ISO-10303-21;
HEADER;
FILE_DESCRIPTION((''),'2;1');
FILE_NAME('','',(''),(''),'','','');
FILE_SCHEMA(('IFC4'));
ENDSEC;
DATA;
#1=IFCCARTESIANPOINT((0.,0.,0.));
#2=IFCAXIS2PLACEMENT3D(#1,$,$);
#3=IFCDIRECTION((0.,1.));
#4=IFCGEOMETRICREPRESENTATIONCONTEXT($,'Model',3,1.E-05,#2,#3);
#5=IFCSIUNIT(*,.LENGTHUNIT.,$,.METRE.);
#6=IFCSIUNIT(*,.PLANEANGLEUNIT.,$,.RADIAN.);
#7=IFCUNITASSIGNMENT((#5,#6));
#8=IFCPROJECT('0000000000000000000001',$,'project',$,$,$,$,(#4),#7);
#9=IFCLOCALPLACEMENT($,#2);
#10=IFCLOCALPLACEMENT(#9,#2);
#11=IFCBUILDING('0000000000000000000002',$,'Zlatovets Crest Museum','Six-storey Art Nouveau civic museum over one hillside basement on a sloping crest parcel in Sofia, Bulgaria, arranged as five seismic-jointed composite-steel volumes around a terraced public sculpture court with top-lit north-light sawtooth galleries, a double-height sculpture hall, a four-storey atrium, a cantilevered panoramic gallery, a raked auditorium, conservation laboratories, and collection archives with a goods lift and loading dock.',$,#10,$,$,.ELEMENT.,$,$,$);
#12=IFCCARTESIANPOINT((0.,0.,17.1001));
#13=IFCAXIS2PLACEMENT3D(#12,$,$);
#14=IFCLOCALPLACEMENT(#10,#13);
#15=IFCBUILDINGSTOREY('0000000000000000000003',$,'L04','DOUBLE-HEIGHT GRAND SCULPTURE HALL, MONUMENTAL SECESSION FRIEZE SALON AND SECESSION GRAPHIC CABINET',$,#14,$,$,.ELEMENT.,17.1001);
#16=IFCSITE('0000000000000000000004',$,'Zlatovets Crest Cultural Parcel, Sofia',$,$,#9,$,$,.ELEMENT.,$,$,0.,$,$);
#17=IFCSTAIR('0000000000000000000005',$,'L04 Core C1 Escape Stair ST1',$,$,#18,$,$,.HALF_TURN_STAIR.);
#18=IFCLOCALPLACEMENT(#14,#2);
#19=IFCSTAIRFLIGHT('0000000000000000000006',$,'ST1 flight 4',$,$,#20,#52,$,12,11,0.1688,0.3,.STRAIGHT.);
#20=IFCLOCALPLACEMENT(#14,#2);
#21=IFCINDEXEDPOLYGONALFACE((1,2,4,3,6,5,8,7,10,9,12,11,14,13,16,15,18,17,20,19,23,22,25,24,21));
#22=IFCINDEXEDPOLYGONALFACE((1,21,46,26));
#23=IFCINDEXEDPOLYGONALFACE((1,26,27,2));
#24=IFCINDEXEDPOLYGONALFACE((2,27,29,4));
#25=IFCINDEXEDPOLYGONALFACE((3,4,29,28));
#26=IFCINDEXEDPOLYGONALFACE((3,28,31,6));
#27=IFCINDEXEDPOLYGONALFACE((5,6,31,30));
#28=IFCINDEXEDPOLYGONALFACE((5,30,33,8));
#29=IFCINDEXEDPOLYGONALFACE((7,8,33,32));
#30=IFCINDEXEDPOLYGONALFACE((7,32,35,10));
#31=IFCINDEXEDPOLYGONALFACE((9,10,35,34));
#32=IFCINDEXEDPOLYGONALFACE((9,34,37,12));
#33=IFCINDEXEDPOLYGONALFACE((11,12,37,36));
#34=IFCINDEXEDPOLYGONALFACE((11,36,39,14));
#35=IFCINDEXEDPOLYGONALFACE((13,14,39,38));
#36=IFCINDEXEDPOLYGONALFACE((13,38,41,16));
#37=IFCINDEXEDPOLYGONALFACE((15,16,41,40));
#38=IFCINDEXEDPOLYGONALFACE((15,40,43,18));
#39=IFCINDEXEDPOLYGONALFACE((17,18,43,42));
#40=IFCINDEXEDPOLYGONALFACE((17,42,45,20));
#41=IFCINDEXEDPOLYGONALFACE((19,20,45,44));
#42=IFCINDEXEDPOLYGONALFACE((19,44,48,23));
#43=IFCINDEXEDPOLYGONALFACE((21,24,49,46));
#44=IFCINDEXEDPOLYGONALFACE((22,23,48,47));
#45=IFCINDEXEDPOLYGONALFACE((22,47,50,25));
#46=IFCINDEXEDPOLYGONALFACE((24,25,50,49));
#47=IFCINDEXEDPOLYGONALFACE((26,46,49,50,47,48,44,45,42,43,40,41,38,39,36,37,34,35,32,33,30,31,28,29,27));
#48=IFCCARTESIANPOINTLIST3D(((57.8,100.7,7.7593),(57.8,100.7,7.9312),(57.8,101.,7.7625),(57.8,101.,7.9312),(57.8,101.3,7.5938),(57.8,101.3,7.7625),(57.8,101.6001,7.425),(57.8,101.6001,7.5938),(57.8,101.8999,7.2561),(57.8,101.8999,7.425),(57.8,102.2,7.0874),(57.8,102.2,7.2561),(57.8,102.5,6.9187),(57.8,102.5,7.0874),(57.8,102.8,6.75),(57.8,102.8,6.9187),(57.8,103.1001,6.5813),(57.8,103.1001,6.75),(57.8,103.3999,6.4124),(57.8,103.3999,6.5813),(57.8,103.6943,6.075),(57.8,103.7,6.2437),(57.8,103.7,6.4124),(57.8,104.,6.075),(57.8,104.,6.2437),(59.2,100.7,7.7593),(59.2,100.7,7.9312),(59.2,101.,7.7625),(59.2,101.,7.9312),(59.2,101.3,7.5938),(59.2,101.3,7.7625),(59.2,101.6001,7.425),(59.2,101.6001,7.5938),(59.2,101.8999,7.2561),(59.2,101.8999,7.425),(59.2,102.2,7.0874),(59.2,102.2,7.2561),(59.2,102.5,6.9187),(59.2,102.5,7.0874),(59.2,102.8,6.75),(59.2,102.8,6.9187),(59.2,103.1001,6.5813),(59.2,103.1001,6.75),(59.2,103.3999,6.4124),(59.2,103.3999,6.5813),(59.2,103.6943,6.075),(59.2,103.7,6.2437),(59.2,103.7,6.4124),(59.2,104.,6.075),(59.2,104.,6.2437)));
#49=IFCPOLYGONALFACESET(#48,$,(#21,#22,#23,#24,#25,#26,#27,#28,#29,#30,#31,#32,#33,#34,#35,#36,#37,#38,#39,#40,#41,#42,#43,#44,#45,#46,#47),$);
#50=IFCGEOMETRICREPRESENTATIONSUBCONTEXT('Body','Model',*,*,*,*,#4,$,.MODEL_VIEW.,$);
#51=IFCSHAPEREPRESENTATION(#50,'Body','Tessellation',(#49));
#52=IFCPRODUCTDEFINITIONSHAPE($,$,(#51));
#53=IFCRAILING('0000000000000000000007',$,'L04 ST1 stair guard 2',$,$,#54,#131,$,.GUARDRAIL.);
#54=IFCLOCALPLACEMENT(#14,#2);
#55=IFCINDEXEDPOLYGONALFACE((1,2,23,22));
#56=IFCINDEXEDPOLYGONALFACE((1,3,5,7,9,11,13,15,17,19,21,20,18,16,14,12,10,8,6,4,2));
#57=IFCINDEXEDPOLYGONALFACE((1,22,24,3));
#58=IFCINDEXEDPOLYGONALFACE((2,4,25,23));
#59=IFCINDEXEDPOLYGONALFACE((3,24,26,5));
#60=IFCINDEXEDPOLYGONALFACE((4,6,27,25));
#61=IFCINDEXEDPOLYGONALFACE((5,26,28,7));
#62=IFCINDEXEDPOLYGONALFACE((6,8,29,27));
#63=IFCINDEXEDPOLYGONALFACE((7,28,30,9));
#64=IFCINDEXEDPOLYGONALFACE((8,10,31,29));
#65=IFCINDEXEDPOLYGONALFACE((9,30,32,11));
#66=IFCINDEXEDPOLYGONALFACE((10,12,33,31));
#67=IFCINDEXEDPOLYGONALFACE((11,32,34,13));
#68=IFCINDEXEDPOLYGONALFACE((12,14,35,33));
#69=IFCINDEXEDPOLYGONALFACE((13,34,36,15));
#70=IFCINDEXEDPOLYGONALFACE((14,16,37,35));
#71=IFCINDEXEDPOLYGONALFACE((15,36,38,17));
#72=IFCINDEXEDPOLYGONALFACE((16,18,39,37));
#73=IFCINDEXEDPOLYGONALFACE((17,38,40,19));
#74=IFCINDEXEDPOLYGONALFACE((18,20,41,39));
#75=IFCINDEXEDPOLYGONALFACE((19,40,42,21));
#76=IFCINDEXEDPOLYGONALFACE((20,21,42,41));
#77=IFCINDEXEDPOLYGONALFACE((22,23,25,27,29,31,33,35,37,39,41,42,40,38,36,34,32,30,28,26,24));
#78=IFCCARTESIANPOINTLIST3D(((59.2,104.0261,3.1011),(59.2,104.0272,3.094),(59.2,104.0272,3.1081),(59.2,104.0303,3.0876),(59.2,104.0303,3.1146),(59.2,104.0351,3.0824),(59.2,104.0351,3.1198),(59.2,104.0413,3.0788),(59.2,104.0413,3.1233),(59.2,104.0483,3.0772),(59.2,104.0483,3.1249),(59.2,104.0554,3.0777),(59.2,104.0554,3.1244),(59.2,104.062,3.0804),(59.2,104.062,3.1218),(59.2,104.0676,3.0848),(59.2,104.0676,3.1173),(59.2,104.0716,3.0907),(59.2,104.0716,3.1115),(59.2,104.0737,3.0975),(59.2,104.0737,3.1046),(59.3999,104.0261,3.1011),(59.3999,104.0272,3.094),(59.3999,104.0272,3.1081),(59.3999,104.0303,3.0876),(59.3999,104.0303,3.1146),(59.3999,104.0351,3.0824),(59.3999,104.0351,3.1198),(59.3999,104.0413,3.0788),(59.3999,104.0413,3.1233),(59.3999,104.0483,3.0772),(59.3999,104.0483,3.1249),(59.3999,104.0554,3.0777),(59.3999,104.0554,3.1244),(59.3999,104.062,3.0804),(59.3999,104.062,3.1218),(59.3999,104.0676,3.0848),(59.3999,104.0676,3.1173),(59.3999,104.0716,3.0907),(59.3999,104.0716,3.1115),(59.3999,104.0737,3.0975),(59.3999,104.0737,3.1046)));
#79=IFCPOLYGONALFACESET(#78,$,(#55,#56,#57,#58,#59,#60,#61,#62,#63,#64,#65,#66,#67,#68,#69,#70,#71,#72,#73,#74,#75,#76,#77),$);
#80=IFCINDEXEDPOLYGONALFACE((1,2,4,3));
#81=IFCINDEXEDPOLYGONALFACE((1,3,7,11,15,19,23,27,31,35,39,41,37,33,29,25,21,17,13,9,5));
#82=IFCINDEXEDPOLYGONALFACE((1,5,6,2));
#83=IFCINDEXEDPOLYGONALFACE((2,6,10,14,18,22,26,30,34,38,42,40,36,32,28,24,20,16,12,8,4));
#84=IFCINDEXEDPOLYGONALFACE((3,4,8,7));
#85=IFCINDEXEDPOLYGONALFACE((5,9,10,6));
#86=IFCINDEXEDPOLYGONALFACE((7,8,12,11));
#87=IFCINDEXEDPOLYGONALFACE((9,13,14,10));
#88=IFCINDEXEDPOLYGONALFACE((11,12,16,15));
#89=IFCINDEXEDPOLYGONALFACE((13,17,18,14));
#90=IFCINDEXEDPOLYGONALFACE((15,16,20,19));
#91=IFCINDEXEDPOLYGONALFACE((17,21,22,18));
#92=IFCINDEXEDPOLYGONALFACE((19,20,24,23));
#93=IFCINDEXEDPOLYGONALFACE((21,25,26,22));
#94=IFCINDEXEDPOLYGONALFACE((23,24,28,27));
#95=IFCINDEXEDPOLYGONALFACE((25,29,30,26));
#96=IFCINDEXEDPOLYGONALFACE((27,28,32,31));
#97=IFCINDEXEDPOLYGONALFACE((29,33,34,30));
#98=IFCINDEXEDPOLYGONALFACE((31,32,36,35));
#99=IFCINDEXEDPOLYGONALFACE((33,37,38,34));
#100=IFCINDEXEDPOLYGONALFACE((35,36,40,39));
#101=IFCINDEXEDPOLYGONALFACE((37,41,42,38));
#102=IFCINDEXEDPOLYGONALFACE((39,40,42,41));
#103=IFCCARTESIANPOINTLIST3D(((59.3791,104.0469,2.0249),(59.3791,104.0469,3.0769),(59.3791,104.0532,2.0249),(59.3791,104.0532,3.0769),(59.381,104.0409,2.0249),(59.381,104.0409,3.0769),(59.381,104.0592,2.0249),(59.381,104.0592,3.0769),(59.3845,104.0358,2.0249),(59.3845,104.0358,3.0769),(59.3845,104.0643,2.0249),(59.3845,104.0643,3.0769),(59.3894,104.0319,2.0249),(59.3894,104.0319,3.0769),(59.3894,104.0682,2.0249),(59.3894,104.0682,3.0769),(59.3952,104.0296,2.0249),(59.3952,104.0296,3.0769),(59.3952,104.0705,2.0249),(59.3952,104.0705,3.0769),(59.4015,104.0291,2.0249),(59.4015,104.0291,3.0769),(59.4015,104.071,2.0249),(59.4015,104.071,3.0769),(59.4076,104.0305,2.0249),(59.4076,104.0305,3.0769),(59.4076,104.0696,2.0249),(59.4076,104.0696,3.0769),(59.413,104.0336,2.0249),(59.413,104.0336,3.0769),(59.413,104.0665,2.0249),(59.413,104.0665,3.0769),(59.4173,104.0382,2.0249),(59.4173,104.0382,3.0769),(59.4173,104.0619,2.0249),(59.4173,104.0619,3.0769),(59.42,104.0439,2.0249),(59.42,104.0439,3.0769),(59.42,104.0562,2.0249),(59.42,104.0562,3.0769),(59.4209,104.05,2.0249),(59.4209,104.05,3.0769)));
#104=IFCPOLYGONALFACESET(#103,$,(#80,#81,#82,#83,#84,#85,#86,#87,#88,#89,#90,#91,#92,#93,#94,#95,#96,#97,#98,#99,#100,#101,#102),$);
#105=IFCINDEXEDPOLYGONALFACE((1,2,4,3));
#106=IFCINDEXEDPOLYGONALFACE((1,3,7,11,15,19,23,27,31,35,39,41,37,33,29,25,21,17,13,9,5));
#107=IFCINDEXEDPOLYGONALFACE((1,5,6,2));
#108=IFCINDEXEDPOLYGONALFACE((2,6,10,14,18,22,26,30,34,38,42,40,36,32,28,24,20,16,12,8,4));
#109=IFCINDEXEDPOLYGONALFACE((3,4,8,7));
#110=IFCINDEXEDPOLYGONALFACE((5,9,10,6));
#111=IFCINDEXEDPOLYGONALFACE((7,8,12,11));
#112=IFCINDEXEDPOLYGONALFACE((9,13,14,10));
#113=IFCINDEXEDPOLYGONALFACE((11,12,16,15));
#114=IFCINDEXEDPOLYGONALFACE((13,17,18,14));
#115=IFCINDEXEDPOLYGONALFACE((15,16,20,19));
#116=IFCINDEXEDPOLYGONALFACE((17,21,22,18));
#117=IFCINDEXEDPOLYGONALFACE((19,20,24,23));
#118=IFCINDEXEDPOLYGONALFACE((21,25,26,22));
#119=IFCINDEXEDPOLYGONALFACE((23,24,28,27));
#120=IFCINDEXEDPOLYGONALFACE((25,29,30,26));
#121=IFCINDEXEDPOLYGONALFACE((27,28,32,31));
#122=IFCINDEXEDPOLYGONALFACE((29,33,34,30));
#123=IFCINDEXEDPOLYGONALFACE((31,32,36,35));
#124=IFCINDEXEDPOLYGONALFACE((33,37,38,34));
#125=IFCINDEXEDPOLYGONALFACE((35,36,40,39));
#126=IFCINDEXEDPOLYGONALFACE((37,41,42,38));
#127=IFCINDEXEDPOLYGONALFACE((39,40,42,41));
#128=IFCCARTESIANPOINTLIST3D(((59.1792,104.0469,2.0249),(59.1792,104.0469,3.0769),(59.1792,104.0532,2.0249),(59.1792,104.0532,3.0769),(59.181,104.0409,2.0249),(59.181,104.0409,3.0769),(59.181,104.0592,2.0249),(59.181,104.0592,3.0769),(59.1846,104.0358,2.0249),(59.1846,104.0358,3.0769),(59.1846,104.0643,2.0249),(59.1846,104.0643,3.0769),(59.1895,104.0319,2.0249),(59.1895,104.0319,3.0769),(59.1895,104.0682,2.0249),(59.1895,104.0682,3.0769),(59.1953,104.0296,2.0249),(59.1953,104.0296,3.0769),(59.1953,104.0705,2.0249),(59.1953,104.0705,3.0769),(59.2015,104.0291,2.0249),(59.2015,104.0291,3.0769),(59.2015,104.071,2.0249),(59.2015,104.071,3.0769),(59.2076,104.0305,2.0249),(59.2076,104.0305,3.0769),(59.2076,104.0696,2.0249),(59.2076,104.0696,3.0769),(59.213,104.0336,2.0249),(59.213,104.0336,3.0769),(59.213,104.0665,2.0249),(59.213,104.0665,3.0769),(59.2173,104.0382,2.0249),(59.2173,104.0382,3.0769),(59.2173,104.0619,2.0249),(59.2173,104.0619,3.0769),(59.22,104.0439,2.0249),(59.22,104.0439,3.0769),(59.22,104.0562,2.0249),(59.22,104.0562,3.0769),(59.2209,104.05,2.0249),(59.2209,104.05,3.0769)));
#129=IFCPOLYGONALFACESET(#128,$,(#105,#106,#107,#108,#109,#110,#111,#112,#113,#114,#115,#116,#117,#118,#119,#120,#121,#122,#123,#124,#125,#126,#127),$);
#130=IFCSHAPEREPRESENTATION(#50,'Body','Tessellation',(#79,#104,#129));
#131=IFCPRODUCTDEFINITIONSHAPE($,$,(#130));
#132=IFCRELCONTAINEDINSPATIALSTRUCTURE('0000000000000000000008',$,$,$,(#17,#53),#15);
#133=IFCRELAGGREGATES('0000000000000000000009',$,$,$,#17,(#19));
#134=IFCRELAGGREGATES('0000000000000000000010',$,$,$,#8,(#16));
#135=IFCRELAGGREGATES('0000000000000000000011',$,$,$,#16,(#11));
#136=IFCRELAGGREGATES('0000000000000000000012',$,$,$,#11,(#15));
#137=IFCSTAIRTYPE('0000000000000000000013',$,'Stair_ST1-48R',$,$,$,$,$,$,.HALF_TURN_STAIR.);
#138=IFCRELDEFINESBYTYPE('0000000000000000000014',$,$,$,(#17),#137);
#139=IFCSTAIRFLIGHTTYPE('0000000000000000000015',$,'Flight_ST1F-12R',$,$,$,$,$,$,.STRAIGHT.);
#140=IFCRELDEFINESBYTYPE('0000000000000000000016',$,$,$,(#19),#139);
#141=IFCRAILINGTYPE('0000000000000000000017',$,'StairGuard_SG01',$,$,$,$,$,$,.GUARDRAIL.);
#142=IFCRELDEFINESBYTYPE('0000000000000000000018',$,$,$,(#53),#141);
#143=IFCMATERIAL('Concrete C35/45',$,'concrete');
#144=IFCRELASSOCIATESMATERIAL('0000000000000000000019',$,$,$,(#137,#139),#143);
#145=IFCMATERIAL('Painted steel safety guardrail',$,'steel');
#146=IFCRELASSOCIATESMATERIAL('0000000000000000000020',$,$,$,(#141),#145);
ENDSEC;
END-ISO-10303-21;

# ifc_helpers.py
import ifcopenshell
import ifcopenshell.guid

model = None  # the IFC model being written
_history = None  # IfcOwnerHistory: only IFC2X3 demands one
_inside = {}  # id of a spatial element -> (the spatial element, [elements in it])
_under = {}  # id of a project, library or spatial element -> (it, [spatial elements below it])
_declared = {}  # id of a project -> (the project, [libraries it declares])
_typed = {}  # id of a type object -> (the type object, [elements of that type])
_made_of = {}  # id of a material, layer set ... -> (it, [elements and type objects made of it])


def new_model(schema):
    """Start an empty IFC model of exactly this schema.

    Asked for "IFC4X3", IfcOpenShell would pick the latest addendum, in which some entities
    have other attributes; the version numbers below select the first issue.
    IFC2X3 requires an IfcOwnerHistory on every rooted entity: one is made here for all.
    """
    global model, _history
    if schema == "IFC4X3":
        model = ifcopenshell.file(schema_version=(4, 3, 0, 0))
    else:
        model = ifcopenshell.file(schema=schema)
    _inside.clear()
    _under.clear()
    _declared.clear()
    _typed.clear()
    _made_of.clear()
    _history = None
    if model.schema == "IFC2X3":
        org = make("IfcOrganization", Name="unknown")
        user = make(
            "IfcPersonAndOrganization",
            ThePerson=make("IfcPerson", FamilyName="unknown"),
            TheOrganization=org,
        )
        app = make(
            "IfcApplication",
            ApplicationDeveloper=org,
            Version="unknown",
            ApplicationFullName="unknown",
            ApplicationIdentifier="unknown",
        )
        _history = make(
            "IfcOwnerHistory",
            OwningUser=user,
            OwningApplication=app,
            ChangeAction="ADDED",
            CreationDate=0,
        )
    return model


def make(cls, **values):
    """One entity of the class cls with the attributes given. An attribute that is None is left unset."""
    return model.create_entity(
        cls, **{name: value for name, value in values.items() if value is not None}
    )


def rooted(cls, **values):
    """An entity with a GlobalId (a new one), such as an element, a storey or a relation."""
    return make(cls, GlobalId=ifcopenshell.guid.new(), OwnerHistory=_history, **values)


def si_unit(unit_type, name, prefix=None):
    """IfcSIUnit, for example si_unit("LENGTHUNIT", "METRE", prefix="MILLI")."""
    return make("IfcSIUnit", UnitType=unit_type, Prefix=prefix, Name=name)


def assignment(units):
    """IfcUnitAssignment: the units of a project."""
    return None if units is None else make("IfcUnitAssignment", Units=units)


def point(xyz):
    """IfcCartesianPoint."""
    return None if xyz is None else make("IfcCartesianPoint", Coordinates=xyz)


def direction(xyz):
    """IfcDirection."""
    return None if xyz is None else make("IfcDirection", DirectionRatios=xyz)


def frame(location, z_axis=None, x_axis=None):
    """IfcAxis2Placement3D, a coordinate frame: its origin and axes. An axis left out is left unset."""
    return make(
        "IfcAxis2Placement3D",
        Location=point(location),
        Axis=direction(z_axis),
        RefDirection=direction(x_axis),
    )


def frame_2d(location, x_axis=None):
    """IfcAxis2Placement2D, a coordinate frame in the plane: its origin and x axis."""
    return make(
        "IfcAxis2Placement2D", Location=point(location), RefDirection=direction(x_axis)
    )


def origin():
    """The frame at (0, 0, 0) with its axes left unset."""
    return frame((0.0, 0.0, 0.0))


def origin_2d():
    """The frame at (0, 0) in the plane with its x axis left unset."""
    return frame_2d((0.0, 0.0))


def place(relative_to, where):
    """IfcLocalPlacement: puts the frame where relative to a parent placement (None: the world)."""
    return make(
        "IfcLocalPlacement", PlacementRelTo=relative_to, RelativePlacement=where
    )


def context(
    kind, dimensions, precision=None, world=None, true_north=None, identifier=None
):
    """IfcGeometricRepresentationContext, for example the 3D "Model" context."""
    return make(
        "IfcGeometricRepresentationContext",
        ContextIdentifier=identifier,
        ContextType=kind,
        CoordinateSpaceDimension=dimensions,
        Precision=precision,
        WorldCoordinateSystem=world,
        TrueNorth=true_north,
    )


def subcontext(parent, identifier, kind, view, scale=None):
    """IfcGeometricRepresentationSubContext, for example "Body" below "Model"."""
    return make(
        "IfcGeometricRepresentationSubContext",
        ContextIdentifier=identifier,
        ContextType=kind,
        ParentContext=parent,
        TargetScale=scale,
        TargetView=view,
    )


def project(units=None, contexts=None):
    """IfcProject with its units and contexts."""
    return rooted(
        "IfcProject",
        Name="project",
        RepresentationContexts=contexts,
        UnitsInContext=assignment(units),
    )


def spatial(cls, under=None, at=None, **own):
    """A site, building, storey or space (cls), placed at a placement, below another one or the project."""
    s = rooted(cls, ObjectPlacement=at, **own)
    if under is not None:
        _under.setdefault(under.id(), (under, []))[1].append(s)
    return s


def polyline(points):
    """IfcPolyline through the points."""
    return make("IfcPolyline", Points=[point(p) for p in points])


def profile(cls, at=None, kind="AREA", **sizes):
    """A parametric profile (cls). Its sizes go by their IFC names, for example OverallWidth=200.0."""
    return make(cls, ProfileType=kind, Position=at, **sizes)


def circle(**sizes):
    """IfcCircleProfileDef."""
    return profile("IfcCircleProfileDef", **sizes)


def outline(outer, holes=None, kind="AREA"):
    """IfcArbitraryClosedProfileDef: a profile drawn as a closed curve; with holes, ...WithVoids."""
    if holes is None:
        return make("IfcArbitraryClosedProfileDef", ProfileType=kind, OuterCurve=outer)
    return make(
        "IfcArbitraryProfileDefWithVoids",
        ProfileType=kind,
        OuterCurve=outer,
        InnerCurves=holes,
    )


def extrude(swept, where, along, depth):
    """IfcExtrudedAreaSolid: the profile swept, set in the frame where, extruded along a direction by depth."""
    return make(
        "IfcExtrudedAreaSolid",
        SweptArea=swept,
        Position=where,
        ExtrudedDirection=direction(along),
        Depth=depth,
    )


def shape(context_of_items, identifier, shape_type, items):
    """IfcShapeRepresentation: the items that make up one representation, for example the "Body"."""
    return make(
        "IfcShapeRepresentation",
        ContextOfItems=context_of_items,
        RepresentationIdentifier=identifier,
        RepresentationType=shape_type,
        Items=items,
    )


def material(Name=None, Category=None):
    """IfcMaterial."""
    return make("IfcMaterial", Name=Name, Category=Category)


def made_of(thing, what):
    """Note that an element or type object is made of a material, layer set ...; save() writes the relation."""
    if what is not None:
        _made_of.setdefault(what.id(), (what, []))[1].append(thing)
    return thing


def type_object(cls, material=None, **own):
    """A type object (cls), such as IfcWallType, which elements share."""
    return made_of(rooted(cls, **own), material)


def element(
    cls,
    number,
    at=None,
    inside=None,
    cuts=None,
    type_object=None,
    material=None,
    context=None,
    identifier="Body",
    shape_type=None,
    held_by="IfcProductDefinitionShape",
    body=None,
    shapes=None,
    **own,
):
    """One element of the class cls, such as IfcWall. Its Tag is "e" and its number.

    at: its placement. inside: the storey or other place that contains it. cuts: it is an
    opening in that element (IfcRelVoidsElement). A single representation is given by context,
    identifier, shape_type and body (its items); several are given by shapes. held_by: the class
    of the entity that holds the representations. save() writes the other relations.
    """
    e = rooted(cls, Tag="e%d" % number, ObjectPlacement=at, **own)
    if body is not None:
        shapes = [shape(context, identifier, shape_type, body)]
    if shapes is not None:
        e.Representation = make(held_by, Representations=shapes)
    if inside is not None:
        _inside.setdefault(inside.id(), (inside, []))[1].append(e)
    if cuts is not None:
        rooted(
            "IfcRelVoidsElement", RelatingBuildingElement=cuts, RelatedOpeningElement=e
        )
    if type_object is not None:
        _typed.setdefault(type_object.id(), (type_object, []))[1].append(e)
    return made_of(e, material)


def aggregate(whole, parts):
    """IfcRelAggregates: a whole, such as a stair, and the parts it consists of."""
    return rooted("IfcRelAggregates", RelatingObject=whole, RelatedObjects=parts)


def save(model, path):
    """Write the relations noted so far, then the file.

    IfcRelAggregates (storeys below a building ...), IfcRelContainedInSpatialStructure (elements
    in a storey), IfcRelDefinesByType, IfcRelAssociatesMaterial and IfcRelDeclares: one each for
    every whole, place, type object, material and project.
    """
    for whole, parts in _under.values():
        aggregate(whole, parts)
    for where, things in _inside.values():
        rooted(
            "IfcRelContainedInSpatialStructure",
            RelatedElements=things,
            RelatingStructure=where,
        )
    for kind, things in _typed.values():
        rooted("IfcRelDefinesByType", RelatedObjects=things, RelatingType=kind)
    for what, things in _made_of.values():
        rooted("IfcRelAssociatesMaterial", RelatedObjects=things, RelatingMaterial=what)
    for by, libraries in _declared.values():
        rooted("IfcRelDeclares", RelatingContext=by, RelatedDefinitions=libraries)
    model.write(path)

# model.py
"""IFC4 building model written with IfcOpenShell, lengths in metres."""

from ifc_helpers import new_model, si_unit, direction, frame, origin, origin_2d, place, context, subcontext, project, spatial, polyline, circle, outline, extrude, material, type_object, element, aggregate, save


model = new_model("IFC4")

# Units and contexts
model_context = context("Model", 3, precision=1e-05, world=origin(), true_north=direction((0.0, 1.0)))
body_context = subcontext(model_context, "Body", "Model", "MODEL_VIEW")
ifc_project = project(units=[si_unit("LENGTHUNIT", "METRE"), si_unit("PLANEANGLEUNIT", "RADIAN")], contexts=[model_context])

# Site, building, storey
site_placement = place(None, origin())
site = spatial("IfcSite", under=ifc_project, at=site_placement, Name="Zlatovets Crest Cultural Parcel, Sofia", CompositionType="ELEMENT", RefElevation=0.0)
building_placement = place(site_placement, origin())
building = spatial("IfcBuilding", under=site, at=building_placement, Name="Zlatovets Crest Museum", Description="Six-storey Art Nouveau civic museum over one hillside basement on a sloping crest parcel in Sofia, Bulgaria, arranged as five seismic-jointed composite-steel volumes around a terraced public sculpture court with top-lit north-light sawtooth galleries, a double-height sculpture hall, a four-storey atrium, a cantilevered panoramic gallery, a raked auditorium, conservation laboratories, and collection archives with a goods lift and loading dock.", CompositionType="ELEMENT")
storey_placement = place(building_placement, frame((0.0, 0.0, 17.1001)))
storey = spatial("IfcBuildingStorey", under=building, at=storey_placement, Name="L04", Description="DOUBLE-HEIGHT GRAND SCULPTURE HALL, MONUMENTAL SECESSION FRIEZE SALON AND SECESSION GRAPHIC CABINET", CompositionType="ELEMENT", Elevation=17.1001)

# Shared definitions
ifc_material_1 = material(Name="Concrete C35/45", Category="concrete")

# Stair, stair flight
stair_type = type_object("IfcStairType", Name="Stair_ST1-48R", PredefinedType="HALF_TURN_STAIR", material=ifc_material_1)
stair_placement = place(storey_placement, origin())
stair = element("IfcStair", 1, at=stair_placement, inside=storey, type_object=stair_type, Name="L04 Core C1 Escape Stair ST1", PredefinedType="HALF_TURN_STAIR")
stair_flight_type = type_object("IfcStairFlightType", Name="Flight_ST1F-12R", PredefinedType="STRAIGHT", material=ifc_material_1)
stair_flight_1_placement = place(storey_placement, frame((58.5, 104.0, 6.075), z_axis=(0.0, 0.0, 1.0), x_axis=(0.0, -1.0, 0.0)))
stair_flight_1 = element("IfcStairFlight", 2, at=stair_flight_1_placement, type_object=stair_flight_type, Name="ST1 flight 4", NumberOfRisers=12, NumberOfTreads=11, PredefinedType="STRAIGHT", RiserHeight=0.1688, TreadLength=0.3, context=body_context, shape_type="SweptSolid", body=[
    extrude(outline(polyline([(0.0, 0.0), (0.0, 0.1687), (0.3, 0.1687), (0.3, 0.3374), (0.6001, 0.3374), (0.6001, 0.5063), (0.8999, 0.5063), (0.8999, 0.675), (1.2, 0.675), (1.2, 0.8438), (1.5, 0.8438), (1.5, 1.0125), (1.8, 1.0125), (1.8, 1.1812), (2.1001, 1.1812), (2.1001, 1.3501), (2.3999, 1.3501), (2.3999, 1.5188), (2.7, 1.5188), (2.7, 1.6875), (3.0, 1.6875), (3.0, 1.8562), (3.3, 1.8562), (3.3, 2.0249), (3.3, 1.6843), (0.3057, 0.0), (0.0, 0.0)])), frame((0.0, 0.7, 0.0), z_axis=(0.0, -1.0, 0.0), x_axis=(1.0, 0.0, 0.0)), (0.0, 0.0, 1.0), 1.3999),
])
aggregate(stair, [stair_flight_1])

# Railing
ifc_material_2 = material(Name="Painted steel safety guardrail", Category="steel")
railing_type_1 = type_object("IfcRailingType", Name="StairGuard_SG01", PredefinedType="GUARDRAIL", material=ifc_material_2)
railing_1_placement = place(storey_placement, frame((59.3999, 104.05, 2.0249)))
element("IfcRailing", 3, at=railing_1_placement, inside=storey, type_object=railing_type_1, Name="L04 ST1 stair guard 2", PredefinedType="GUARDRAIL", context=body_context, shape_type="SweptSolid", body=[
    extrude(circle(Radius=0.0239, at=origin_2d()), frame((0.0, 0.0, 1.0762), z_axis=(-1.0, 0.0, 0.0), x_axis=(0.0, -1.0, 0.0)), (0.0, 0.0, 1.0), 0.2),
    extrude(circle(Radius=0.021, at=origin_2d()), origin(), (0.0, 0.0, 1.0), 1.052),
    extrude(circle(Radius=0.021, at=origin_2d()), frame((-0.2, 0.0, 0.0)), (0.0, 0.0, 1.0), 1.052),
])

save(model, "model.ifc")
